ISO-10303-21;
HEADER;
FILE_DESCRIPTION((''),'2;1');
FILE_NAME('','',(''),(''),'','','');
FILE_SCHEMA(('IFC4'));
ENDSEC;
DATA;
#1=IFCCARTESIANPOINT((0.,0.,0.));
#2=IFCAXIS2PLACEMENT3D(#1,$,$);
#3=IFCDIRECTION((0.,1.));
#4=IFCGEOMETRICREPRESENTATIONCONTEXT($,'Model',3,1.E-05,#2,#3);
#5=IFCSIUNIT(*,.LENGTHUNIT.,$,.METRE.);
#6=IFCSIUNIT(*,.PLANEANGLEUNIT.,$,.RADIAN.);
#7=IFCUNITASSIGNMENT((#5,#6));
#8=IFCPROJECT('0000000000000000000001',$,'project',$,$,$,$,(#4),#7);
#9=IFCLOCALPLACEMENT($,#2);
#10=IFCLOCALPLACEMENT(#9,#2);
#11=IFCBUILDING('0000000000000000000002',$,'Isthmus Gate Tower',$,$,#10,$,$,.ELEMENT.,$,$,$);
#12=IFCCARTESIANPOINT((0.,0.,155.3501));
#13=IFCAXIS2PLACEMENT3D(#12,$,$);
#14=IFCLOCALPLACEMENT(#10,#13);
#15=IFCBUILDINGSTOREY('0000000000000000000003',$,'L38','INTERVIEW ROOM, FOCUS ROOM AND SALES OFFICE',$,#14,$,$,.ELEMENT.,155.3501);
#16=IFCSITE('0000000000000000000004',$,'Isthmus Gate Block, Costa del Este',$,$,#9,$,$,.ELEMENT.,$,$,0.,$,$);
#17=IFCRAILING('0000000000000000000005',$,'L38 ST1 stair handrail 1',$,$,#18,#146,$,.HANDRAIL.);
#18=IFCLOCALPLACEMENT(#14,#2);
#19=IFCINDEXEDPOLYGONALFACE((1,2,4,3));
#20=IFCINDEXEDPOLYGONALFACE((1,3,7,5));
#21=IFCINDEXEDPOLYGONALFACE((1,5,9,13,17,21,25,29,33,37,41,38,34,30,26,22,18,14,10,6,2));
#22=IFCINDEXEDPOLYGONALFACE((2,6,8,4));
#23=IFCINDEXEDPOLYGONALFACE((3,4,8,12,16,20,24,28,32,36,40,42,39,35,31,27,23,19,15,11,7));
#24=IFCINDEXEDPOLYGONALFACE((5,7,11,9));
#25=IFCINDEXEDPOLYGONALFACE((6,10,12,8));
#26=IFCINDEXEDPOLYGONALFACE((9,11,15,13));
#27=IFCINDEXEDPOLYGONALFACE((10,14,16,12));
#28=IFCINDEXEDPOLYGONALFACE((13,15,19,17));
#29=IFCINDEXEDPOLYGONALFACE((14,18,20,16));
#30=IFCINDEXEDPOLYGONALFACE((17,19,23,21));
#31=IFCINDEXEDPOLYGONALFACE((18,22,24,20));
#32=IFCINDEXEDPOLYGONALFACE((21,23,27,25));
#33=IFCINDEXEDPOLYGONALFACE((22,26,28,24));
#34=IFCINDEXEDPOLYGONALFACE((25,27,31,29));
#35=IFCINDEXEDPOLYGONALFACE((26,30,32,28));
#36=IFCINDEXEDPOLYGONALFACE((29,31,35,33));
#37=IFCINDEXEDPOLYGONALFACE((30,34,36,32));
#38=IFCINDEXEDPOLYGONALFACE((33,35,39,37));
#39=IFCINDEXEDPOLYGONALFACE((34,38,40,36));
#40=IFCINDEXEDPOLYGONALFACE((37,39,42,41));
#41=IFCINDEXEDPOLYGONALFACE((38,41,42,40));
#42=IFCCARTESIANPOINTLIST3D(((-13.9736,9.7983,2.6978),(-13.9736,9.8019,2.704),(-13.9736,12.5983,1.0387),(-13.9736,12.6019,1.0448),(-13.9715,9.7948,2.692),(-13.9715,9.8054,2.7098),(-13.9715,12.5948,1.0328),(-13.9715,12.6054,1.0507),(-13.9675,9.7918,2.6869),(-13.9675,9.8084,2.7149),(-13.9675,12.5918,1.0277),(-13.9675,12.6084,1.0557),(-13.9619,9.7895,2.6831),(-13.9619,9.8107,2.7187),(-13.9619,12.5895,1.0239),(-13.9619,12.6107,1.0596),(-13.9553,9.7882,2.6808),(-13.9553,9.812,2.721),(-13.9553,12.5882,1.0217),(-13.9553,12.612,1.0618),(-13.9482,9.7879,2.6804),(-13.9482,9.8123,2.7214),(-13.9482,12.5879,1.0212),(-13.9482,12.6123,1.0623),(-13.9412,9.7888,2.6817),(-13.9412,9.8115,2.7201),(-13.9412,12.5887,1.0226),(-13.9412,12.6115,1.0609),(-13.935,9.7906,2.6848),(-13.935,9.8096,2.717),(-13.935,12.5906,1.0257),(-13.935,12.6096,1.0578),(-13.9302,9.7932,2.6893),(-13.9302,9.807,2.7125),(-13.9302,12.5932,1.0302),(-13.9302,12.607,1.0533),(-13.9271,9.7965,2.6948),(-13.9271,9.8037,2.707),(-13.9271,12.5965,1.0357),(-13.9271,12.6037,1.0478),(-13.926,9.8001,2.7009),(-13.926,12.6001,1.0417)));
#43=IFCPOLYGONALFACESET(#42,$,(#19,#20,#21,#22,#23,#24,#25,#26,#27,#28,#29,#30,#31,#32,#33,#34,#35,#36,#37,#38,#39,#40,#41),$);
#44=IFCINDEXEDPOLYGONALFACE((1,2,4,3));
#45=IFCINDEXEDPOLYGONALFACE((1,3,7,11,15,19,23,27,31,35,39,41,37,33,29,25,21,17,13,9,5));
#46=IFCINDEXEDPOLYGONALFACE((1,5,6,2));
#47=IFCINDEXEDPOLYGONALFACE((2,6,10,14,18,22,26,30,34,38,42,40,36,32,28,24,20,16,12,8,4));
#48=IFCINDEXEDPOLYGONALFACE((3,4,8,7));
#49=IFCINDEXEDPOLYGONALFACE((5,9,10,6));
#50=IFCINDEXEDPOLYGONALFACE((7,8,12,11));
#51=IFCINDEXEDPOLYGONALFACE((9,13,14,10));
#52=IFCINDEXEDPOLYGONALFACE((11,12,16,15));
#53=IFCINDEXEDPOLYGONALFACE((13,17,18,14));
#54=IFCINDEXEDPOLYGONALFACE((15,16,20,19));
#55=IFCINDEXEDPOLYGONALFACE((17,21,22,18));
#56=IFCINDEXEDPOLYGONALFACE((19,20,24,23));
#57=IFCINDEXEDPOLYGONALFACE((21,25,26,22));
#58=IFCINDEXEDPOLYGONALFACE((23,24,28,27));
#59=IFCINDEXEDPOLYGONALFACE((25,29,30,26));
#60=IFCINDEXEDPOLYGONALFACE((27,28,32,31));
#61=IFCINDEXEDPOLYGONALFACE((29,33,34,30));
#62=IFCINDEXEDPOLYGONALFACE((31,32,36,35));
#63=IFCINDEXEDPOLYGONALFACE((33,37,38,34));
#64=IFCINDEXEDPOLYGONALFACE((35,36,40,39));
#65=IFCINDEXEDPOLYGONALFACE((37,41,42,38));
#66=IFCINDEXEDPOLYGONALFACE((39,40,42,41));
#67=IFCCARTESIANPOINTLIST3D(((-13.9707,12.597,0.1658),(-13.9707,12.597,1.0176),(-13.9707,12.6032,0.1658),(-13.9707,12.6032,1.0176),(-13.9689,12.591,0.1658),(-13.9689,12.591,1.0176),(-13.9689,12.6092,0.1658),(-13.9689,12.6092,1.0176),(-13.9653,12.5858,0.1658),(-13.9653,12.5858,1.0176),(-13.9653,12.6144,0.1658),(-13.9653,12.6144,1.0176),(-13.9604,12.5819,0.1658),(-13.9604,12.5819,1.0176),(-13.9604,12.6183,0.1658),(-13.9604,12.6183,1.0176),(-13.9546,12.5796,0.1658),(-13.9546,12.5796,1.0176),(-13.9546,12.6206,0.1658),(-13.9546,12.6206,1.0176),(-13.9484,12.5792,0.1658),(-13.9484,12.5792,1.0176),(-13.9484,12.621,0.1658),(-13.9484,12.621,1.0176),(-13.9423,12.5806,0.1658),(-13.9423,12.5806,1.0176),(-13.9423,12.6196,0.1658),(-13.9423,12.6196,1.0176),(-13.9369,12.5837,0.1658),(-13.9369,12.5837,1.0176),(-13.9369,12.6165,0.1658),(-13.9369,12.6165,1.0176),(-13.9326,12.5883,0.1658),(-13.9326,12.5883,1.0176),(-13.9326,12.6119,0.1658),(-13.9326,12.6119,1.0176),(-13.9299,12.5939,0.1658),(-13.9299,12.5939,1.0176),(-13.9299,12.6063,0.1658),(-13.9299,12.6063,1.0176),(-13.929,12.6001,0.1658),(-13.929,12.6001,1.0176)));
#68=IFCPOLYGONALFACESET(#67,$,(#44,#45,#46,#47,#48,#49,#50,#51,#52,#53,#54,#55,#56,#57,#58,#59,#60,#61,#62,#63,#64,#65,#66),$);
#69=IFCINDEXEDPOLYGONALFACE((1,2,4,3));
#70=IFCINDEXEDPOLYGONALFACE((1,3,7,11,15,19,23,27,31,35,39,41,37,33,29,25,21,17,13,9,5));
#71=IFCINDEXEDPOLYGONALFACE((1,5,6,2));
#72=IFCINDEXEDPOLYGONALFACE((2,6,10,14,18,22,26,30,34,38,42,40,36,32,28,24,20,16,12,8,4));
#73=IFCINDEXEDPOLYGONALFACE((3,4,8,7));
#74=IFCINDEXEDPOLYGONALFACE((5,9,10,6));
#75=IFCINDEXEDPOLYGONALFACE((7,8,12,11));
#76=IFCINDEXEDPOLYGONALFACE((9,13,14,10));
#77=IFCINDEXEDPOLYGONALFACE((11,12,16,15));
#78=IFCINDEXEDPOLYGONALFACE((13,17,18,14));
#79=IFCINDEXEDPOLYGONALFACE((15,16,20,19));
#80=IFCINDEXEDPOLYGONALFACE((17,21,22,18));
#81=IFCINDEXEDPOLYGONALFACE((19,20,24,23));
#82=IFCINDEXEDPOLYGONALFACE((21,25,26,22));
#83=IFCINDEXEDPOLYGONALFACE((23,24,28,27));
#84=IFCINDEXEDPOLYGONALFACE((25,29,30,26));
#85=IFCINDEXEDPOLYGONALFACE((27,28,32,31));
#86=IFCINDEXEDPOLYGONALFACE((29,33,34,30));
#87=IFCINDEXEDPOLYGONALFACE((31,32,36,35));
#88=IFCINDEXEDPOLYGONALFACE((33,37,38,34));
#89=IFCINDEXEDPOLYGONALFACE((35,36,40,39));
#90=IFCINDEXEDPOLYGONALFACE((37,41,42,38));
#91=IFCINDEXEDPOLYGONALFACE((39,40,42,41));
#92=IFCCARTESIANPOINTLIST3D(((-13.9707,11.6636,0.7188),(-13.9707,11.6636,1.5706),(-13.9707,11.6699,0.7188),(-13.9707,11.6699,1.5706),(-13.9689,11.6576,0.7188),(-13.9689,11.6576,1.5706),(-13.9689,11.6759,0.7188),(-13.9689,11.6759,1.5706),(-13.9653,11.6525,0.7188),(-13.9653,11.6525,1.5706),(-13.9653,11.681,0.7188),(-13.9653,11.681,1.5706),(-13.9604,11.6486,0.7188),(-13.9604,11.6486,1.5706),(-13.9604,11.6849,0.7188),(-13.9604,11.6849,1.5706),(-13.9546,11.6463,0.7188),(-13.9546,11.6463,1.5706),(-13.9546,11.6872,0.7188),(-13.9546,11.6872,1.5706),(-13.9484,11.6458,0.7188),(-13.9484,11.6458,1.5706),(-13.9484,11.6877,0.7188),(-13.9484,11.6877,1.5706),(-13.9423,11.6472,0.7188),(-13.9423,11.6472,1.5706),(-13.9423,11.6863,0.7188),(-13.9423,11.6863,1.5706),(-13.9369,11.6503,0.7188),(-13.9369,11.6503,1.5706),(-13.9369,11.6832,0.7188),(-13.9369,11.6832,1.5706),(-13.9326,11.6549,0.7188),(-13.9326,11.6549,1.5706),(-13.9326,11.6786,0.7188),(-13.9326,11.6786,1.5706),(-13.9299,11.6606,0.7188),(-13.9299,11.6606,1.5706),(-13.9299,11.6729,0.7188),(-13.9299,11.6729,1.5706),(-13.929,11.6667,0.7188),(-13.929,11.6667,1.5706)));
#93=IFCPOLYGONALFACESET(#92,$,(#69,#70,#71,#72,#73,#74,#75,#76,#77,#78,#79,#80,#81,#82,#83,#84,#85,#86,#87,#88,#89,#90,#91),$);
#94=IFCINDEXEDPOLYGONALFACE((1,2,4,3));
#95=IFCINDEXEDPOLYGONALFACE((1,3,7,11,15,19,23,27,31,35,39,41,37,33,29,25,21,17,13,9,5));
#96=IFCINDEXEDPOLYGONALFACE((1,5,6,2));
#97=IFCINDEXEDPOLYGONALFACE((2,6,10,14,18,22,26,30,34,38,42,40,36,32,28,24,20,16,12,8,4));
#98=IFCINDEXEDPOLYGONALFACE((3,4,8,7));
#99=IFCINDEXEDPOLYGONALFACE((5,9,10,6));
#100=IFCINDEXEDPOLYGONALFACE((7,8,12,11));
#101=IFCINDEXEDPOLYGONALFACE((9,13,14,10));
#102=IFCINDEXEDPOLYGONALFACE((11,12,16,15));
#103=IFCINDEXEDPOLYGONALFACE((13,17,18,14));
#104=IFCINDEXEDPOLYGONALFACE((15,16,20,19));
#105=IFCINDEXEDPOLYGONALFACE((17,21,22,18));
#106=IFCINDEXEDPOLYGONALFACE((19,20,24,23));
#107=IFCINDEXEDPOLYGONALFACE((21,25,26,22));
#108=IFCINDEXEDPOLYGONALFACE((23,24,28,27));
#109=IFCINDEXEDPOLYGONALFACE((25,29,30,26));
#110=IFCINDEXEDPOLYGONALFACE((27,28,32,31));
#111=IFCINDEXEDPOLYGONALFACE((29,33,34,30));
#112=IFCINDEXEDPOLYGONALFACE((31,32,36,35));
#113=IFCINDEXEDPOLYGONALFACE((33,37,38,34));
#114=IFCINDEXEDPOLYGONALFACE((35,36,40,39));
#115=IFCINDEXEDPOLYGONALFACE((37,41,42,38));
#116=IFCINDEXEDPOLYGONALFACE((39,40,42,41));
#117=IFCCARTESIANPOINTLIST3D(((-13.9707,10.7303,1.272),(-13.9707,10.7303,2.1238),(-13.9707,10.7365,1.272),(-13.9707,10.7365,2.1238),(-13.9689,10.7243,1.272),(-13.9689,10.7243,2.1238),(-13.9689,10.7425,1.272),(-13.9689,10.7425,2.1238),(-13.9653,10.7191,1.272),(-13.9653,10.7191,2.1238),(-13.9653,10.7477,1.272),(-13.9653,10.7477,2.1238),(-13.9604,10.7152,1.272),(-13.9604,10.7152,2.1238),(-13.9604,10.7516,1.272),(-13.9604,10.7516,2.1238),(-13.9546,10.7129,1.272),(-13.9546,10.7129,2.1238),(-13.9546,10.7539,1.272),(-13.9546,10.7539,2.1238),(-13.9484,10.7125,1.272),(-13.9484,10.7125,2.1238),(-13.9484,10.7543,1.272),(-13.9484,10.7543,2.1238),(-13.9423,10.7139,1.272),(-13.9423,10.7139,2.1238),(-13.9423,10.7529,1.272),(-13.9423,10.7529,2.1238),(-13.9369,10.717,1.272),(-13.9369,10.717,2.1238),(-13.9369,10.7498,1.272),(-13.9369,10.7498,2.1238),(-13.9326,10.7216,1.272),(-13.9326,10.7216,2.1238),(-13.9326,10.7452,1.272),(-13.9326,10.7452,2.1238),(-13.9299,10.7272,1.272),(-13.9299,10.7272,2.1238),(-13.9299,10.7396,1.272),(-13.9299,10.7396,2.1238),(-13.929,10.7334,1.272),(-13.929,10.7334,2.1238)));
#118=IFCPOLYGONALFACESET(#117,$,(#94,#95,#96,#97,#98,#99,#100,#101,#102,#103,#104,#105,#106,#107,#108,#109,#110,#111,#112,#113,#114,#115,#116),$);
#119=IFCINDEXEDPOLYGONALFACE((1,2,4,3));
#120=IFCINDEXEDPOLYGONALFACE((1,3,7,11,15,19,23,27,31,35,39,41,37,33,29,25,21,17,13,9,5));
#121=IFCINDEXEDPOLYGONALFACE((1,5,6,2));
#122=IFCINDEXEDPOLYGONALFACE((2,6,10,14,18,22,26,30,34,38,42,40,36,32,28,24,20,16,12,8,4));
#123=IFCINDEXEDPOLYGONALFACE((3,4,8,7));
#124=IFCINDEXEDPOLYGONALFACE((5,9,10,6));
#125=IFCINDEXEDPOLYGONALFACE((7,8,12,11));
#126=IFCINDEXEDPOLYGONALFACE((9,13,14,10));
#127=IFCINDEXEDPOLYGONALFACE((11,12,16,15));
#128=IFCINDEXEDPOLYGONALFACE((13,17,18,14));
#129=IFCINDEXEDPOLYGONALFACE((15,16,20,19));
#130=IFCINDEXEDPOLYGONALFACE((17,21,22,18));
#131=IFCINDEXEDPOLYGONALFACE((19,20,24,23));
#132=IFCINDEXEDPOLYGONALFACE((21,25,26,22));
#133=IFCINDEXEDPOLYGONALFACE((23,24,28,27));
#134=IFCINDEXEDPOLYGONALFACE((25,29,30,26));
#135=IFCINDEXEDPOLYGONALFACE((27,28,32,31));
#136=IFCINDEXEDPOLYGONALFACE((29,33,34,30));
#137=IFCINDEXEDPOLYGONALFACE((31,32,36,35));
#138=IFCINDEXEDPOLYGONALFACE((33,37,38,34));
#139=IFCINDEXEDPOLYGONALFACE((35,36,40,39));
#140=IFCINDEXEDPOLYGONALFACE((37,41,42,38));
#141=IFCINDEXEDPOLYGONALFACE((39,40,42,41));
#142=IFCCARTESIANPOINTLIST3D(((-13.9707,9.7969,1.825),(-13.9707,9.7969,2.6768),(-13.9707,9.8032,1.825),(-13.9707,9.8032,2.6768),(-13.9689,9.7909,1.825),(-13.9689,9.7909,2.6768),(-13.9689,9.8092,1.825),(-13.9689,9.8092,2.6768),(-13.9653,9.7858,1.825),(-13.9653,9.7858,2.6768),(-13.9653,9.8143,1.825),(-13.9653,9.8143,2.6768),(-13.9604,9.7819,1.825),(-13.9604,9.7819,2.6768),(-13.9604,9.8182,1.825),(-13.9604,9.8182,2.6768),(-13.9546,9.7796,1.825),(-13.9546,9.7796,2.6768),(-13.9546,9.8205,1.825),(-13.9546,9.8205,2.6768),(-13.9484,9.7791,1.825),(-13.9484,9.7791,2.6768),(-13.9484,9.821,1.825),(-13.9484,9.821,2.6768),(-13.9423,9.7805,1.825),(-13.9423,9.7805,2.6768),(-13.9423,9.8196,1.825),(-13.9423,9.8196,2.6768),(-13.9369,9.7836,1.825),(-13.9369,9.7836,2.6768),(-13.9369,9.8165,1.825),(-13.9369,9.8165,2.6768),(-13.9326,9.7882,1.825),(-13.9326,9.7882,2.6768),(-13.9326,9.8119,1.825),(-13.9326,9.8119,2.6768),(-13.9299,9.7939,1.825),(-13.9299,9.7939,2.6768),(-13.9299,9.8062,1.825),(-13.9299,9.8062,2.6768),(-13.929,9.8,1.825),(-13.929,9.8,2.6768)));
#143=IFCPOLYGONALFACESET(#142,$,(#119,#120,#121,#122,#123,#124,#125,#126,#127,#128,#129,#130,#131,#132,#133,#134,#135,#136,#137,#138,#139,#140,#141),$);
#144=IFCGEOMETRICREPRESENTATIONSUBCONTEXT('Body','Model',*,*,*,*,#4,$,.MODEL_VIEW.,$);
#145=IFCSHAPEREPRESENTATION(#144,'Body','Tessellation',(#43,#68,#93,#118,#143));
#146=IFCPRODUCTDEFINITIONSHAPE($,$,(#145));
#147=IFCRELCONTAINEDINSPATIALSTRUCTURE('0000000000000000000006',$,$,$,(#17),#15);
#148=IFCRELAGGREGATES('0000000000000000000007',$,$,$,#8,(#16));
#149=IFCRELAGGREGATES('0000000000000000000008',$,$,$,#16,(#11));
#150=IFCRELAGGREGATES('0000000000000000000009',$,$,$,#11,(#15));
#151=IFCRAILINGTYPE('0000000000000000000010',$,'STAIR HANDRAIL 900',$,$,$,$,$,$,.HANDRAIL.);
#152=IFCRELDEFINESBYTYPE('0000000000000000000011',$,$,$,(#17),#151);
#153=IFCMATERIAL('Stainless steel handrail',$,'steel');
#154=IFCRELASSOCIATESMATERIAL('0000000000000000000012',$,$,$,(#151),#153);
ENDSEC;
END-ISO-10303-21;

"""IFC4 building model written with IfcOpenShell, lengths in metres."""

from ifc_helpers import new_model, si_unit, direction, frame, origin, origin_2d, place, context, subcontext, project, spatial, circle, extrude, material, type_object, element, save


model = new_model("IFC4")

# Units and contexts
model_context = context("Model", 3, precision=1e-05, world=origin(), true_north=direction((0.0, 1.0)))
body_context = subcontext(model_context, "Body", "Model", "MODEL_VIEW")
ifc_project = project(units=[si_unit("LENGTHUNIT", "METRE"), si_unit("PLANEANGLEUNIT", "RADIAN")], contexts=[model_context])

# Site, building, storey
site_placement = place(None, origin())
site = spatial("IfcSite", under=ifc_project, at=site_placement, Name="Isthmus Gate Block, Costa del Este", CompositionType="ELEMENT", RefElevation=0.0)
building_placement = place(site_placement, origin())
building = spatial("IfcBuilding", under=site, at=building_placement, Name="Isthmus Gate Tower", CompositionType="ELEMENT")
storey_placement = place(building_placement, frame((0.0, 0.0, 155.3501)))
storey = spatial("IfcBuildingStorey", under=building, at=storey_placement, Name="L38", Description="INTERVIEW ROOM, FOCUS ROOM AND SALES OFFICE", CompositionType="ELEMENT", Elevation=155.3501)

# Railing
ifc_material_1 = material(Name="Stainless steel handrail", Category="steel")
railing_type_1 = type_object("IfcRailingType", Name="STAIR HANDRAIL 900", PredefinedType="HANDRAIL", material=ifc_material_1)
railing_1_placement = place(storey_placement, frame((-13.95, 12.6001, 0.1658)))
element("IfcRailing", 1, at=railing_1_placement, inside=storey, type_object=railing_type_1, Name="L38 ST1 stair handrail 1", PredefinedType="HANDRAIL", context=body_context, shape_type="SweptSolid", body=[
    extrude(circle(Radius=0.0239, at=origin_2d()), frame((0.0, 0.0, 0.876), z_axis=(0.0, -0.860306, 0.509778), x_axis=(1.0, 0.0, 0.0)), (0.0, 0.0, 1.0), 3.2546),
    extrude(circle(Radius=0.021, at=origin_2d()), origin(), (0.0, 0.0, 1.0), 0.8518),
    extrude(circle(Radius=0.021, at=origin_2d()), frame((0.0, -0.9333, 0.553)), (0.0, 0.0, 1.0), 0.8518),
    extrude(circle(Radius=0.021, at=origin_2d()), frame((0.0, -1.8667, 1.1062)), (0.0, 0.0, 1.0), 0.8518),
    extrude(circle(Radius=0.021, at=origin_2d()), frame((0.0, -2.8, 1.6592)), (0.0, 0.0, 1.0), 0.8518),
])

save(model, "model.ifc")
